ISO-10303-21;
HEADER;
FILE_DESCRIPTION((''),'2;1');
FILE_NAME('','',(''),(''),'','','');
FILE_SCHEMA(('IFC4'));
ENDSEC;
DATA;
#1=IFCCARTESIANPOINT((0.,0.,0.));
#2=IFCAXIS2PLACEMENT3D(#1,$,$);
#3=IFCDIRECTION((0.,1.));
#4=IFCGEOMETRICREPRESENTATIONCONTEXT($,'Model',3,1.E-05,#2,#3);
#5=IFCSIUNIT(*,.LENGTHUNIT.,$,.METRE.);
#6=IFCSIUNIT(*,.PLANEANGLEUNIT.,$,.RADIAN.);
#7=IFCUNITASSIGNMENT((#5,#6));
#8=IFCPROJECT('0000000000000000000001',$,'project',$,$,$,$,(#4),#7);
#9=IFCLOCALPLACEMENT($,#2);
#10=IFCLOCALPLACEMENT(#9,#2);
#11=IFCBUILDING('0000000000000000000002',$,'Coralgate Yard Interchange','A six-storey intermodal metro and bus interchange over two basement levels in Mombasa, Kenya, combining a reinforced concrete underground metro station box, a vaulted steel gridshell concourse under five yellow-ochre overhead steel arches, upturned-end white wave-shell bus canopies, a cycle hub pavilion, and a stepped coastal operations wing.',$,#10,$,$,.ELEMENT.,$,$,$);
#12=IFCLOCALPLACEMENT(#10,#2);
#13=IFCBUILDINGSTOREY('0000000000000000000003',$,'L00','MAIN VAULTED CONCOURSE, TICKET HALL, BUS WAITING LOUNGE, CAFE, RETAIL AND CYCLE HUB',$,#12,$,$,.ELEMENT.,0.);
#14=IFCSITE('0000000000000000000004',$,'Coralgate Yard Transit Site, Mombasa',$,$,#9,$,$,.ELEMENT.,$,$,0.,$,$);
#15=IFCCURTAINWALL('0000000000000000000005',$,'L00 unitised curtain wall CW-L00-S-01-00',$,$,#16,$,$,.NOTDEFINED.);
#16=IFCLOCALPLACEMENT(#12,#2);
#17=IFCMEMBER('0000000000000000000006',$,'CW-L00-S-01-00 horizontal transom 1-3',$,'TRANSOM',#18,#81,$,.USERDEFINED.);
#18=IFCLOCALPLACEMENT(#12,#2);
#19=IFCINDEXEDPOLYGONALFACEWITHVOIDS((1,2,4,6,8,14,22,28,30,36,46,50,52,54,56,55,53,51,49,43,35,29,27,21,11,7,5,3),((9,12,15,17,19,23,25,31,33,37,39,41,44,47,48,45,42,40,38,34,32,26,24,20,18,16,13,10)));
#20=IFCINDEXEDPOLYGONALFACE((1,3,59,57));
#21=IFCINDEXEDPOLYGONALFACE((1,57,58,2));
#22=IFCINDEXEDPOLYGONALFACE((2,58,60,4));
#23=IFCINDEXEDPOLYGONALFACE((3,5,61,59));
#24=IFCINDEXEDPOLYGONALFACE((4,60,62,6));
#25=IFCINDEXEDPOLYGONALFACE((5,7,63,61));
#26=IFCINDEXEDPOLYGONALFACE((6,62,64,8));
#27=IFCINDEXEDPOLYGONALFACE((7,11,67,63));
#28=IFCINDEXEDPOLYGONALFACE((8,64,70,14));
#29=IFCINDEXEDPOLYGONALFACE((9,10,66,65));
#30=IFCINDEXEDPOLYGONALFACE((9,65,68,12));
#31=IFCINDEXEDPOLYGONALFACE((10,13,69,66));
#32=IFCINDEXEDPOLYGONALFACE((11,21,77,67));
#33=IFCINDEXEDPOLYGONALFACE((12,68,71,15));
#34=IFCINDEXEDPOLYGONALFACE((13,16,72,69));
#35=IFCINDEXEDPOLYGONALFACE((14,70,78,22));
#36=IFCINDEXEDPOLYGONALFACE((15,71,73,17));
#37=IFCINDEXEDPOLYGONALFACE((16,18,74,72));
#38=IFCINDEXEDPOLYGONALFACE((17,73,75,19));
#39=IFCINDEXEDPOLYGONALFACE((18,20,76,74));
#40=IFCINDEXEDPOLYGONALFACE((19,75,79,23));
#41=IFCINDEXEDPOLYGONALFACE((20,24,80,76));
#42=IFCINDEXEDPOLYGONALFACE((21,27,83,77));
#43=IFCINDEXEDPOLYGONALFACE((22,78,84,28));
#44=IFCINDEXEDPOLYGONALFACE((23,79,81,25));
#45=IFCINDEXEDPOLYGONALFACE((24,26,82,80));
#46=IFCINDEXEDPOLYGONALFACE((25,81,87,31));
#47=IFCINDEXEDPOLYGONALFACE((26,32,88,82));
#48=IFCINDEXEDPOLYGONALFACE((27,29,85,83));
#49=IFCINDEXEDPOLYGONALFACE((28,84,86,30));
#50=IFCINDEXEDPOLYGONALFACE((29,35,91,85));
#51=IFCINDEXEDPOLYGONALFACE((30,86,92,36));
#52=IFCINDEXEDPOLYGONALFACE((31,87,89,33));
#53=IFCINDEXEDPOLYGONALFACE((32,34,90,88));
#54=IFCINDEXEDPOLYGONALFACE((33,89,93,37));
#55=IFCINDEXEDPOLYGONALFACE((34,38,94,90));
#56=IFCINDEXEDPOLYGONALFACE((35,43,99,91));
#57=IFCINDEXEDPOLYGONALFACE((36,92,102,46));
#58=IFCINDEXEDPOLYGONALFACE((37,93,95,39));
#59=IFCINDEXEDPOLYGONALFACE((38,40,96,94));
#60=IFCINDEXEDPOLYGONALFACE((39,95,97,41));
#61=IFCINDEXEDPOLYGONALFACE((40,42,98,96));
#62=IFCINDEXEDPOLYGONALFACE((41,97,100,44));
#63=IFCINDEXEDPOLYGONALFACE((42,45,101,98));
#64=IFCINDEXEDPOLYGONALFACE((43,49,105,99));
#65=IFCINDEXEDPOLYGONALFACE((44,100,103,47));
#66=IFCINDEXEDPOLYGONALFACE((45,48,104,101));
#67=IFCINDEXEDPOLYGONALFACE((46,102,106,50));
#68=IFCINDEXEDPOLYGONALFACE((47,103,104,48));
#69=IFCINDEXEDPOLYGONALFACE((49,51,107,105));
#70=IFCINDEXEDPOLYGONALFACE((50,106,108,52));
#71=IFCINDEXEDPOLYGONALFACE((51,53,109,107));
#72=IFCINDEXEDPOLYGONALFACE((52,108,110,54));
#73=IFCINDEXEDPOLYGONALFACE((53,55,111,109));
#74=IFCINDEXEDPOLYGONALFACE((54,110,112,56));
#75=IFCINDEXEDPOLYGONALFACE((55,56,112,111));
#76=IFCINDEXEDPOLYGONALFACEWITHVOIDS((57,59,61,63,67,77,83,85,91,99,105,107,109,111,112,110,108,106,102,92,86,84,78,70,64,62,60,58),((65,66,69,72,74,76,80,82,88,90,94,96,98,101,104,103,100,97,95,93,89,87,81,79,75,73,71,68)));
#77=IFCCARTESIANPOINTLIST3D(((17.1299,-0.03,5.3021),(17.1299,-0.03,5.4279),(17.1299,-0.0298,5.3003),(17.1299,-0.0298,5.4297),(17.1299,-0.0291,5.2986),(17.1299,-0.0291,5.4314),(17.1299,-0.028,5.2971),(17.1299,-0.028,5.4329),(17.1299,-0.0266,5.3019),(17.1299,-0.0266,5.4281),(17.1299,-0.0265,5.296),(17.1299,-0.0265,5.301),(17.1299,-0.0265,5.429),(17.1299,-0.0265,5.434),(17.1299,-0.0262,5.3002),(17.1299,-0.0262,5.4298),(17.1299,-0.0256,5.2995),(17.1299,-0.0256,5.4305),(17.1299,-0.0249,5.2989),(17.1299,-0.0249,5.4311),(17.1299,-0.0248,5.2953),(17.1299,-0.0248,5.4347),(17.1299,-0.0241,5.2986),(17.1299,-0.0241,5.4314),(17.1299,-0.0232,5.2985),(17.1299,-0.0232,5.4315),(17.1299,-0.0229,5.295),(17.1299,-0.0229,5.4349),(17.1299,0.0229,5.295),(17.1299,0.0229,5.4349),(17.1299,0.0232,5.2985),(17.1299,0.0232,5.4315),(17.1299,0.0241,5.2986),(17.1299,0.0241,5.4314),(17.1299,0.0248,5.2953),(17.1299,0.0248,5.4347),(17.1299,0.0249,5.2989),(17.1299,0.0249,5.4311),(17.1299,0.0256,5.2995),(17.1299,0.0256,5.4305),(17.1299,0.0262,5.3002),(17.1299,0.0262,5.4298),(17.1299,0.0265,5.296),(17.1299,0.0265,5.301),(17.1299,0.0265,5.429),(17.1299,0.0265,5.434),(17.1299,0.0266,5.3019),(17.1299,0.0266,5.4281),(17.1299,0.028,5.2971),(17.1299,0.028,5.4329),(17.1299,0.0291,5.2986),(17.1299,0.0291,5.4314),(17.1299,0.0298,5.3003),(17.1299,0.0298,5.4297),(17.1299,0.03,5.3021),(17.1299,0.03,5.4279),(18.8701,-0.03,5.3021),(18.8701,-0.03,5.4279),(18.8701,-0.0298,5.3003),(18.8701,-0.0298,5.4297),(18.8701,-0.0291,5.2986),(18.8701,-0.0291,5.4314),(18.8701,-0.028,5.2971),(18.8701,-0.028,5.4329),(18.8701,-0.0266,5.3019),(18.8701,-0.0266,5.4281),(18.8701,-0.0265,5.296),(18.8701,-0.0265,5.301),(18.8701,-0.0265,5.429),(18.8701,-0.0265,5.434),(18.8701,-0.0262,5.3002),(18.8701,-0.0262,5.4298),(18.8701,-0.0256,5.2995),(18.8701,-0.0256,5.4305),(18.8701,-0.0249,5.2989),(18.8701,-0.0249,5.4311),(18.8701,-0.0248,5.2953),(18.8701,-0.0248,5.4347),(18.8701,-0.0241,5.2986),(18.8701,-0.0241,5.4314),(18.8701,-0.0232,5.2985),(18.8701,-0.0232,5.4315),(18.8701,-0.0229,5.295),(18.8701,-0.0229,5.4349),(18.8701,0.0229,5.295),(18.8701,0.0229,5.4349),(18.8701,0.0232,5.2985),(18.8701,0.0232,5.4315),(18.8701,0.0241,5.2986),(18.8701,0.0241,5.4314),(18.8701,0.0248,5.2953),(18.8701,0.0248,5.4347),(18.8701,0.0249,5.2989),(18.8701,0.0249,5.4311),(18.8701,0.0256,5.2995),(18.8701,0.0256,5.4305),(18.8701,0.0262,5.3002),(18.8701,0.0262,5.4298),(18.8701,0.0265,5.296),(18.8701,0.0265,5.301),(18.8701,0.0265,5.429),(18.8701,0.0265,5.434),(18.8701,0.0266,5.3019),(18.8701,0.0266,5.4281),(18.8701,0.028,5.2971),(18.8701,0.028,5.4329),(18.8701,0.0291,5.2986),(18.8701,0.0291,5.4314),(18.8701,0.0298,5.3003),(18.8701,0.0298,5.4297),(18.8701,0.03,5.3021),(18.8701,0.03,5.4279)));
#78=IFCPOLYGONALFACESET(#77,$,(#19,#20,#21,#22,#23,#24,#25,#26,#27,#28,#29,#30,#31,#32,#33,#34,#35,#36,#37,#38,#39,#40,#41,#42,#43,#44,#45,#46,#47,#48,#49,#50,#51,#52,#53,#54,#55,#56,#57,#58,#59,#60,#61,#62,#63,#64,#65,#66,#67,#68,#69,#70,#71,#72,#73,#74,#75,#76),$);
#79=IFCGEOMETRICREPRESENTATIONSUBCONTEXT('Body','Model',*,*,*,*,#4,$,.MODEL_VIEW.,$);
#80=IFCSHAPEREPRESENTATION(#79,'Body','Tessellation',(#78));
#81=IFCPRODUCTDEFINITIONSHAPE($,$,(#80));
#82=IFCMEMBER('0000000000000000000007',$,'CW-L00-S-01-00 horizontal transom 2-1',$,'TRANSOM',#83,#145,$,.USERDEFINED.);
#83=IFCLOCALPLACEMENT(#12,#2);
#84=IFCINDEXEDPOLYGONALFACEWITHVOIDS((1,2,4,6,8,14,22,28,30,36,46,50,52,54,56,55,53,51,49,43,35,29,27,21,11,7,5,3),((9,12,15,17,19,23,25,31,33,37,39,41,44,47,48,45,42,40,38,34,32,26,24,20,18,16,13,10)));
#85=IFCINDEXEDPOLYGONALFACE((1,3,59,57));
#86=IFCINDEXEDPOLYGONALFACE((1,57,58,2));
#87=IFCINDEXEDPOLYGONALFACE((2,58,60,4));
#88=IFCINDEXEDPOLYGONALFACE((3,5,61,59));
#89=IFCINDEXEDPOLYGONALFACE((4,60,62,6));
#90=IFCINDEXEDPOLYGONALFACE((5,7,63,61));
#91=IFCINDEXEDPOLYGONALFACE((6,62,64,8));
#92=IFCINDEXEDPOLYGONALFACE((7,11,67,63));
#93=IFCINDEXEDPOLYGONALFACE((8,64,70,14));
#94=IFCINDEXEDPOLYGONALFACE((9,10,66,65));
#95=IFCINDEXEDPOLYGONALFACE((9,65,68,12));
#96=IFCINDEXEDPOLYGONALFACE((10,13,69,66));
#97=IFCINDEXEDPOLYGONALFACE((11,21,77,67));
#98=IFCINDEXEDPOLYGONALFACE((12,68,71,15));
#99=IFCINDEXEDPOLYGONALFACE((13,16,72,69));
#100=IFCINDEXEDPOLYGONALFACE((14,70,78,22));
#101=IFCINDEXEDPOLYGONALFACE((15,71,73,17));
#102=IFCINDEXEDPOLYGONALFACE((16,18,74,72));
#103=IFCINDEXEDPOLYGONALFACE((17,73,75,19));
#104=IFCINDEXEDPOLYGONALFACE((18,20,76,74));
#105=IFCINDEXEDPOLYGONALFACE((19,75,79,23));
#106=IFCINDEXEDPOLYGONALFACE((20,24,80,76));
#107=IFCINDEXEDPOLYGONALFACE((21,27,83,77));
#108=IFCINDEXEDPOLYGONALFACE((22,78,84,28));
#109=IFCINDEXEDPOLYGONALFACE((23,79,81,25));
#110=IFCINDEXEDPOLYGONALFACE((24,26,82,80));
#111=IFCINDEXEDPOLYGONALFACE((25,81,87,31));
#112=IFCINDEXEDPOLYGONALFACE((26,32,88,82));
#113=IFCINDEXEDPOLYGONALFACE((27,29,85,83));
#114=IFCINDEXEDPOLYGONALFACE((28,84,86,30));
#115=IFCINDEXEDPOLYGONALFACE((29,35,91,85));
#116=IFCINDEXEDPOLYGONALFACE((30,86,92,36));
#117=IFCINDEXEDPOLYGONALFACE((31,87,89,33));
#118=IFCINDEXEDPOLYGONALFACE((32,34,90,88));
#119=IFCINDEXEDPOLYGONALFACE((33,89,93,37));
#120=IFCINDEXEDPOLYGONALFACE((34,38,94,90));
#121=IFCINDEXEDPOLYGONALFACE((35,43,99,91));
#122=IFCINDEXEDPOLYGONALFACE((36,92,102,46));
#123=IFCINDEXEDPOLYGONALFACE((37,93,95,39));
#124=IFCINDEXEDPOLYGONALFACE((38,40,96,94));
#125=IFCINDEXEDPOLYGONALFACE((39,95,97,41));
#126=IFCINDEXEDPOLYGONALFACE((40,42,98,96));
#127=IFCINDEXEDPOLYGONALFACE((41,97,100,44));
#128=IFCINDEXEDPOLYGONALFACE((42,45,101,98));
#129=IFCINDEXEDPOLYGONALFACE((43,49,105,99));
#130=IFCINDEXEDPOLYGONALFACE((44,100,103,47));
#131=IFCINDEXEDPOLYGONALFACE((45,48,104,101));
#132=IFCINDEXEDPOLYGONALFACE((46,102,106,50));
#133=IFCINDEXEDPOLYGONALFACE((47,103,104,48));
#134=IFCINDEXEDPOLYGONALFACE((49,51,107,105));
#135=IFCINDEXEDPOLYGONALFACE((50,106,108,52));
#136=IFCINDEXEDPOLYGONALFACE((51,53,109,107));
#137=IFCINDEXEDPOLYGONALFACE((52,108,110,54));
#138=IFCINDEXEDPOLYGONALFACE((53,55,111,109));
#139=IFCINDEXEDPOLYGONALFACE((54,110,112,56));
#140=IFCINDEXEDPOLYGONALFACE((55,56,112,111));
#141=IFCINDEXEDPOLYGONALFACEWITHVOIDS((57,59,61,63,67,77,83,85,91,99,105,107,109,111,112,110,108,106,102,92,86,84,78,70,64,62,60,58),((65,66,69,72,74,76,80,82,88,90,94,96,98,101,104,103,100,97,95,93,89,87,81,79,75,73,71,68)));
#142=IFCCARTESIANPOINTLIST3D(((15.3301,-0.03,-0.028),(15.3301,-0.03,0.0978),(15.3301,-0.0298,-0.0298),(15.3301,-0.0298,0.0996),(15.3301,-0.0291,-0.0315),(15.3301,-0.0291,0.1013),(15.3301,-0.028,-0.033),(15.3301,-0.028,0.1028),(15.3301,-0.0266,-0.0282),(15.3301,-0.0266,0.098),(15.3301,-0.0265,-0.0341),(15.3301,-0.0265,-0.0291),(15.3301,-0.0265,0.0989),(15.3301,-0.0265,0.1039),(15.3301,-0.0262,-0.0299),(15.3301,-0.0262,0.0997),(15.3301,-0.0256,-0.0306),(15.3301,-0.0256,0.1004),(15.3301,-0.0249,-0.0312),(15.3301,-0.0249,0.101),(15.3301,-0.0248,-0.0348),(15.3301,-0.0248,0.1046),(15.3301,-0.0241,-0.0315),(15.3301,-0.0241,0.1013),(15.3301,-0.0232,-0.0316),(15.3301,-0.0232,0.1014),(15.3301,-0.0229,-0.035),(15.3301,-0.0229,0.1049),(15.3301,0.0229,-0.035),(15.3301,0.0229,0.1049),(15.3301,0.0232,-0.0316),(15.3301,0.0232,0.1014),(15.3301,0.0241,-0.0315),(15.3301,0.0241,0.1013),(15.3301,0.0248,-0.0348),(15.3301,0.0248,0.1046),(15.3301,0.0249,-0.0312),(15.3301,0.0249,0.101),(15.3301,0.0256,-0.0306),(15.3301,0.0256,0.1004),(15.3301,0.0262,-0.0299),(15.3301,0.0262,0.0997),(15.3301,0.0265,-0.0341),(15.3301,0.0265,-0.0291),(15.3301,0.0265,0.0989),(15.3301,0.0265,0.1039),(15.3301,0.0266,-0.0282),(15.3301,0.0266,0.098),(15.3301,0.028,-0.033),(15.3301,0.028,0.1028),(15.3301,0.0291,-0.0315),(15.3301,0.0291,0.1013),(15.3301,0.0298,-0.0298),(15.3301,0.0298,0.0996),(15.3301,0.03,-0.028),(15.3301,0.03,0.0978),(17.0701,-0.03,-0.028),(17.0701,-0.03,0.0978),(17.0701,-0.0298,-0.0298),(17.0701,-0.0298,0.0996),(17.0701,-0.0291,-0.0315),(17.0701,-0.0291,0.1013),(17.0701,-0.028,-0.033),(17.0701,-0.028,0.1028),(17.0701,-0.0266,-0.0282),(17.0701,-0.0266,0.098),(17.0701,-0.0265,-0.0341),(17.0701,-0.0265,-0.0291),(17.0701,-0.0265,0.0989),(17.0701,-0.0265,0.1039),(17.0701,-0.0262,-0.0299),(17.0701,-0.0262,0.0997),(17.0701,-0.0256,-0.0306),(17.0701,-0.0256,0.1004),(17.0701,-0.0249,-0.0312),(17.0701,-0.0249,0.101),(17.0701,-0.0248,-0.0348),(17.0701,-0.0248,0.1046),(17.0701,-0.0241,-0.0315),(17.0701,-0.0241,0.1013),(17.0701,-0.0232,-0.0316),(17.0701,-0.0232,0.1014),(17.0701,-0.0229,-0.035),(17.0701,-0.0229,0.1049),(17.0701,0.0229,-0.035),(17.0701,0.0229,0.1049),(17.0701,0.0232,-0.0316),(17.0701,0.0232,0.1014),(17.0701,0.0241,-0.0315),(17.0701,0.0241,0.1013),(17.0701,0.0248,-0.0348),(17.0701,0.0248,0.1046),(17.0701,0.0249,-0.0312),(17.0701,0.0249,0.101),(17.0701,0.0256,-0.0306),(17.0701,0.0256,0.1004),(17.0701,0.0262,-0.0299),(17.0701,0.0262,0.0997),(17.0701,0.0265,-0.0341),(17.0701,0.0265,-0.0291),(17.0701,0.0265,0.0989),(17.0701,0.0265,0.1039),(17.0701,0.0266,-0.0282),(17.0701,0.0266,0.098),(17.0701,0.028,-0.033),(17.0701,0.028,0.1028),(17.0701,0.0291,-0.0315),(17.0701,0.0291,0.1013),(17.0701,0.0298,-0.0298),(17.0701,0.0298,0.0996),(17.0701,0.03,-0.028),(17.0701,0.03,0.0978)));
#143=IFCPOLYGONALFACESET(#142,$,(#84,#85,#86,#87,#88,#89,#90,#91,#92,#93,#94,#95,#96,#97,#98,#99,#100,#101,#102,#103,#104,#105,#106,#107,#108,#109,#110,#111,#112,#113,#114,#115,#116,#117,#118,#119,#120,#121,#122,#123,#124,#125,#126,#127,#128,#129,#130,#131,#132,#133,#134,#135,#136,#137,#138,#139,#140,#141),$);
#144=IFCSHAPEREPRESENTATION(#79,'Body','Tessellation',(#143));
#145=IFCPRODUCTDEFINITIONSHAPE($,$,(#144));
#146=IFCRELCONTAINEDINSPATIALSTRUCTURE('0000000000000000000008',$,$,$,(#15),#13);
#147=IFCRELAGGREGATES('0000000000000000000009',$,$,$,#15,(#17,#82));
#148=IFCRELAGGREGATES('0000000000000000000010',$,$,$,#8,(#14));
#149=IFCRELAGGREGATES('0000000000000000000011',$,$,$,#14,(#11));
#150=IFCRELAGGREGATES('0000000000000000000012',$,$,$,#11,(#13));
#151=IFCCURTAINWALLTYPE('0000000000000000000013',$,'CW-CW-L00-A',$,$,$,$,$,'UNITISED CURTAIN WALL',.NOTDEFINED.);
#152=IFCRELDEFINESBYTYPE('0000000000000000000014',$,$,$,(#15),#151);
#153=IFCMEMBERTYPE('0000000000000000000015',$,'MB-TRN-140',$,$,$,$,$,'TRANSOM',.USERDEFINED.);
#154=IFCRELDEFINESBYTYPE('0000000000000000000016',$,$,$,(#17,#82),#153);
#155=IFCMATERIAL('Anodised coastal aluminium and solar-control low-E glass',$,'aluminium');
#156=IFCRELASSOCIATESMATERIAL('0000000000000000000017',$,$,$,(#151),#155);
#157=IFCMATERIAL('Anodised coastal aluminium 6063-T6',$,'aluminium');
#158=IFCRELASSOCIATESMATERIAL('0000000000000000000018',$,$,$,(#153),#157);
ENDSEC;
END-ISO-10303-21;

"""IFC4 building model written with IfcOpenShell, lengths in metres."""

from ifc_helpers import new_model, si_unit, direction, frame, origin, origin_2d, place, context, subcontext, project, spatial, hollow_rectangle, extrude, material, material_profile, profile_set, type_object, element, aggregate, save


model = new_model("IFC4")

# Units and contexts
model_context = context("Model", 3, precision=1e-05, world=origin(), true_north=direction((0.0, 1.0)))
body_context = subcontext(model_context, "Body", "Model", "MODEL_VIEW")
ifc_project = project(units=[si_unit("LENGTHUNIT", "METRE"), si_unit("PLANEANGLEUNIT", "RADIAN")], contexts=[model_context])

# Site, building, storey
site_placement = place(None, origin())
site = spatial("IfcSite", under=ifc_project, at=site_placement, Name="Coralgate Yard Transit Site, Mombasa", CompositionType="ELEMENT", RefElevation=0.0)
building_placement = place(site_placement, origin())
building = spatial("IfcBuilding", under=site, at=building_placement, Name="Coralgate Yard Interchange", Description="A six-storey intermodal metro and bus interchange over two basement levels in Mombasa, Kenya, combining a reinforced concrete underground metro station box, a vaulted steel gridshell concourse under five yellow-ochre overhead steel arches, upturned-end white wave-shell bus canopies, a cycle hub pavilion, and a stepped coastal operations wing.", CompositionType="ELEMENT")
storey_placement = place(building_placement, origin())
storey = spatial("IfcBuildingStorey", under=building, at=storey_placement, Name="L00", Description="MAIN VAULTED CONCOURSE, TICKET HALL, BUS WAITING LOUNGE, CAFE, RETAIL AND CYCLE HUB", CompositionType="ELEMENT", Elevation=0.0)

# Curtain wall, members
ifc_material_1 = material(Name="Anodised coastal aluminium and solar-control low-E glass", Category="aluminium")
curtain_wall_type = type_object("IfcCurtainWallType", Name="CW-CW-L00-A", ElementType="UNITISED CURTAIN WALL", PredefinedType="NOTDEFINED", material=ifc_material_1)
curtain_wall_placement = place(storey_placement, origin())
curtain_wall = element("IfcCurtainWall", 1, at=curtain_wall_placement, inside=storey, type_object=curtain_wall_type, Name="L00 unitised curtain wall CW-L00-S-01-00", PredefinedType="NOTDEFINED")
ifc_material_2 = material(Name="Anodised coastal aluminium 6063-T6", Category="aluminium")
ifc_material_profile_1 = material_profile(ifc_material_2, hollow_rectangle(XDim=0.0601, YDim=0.1399, WallThickness=0.0034, InnerFilletRadius=0.0034, OuterFilletRadius=0.0071, at=origin_2d()), Name="ALU 60x140x3.5")
ifc_profile_set_1 = profile_set([ifc_material_profile_1], Name="Anodised coastal aluminium 6063-T6")
member_type_1 = type_object("IfcMemberType", Name="MB-TRN-140", ElementType="TRANSOM", PredefinedType="USERDEFINED", material=ifc_profile_set_1)
member_1_placement = place(storey_placement, frame((18.8701, 0.0, 5.365), z_axis=(-1.0, 0.0, 0.0), x_axis=(0.0, -1.0, 0.0)))
member_1 = element("IfcMember", 2, at=member_1_placement, type_object=member_type_1, Name="CW-L00-S-01-00 horizontal transom 1-3", ObjectType="TRANSOM", PredefinedType="USERDEFINED", context=body_context, shape_type="SweptSolid", body=[
    extrude(hollow_rectangle(XDim=0.0601, YDim=0.1399, WallThickness=0.0034, InnerFilletRadius=0.0034, OuterFilletRadius=0.0071, at=origin_2d()), origin(), (0.0, 0.0, 1.0), 1.7402),
])
member_2_placement = place(storey_placement, frame((17.0701, 0.0, 0.0349), z_axis=(-1.0, 0.0, 0.0), x_axis=(0.0, -1.0, 0.0)))
member_2 = element("IfcMember", 3, at=member_2_placement, type_object=member_type_1, Name="CW-L00-S-01-00 horizontal transom 2-1", ObjectType="TRANSOM", PredefinedType="USERDEFINED", context=body_context, shape_type="SweptSolid", body=[
    extrude(hollow_rectangle(XDim=0.0601, YDim=0.1399, WallThickness=0.0034, InnerFilletRadius=0.0034, OuterFilletRadius=0.0071, at=origin_2d()), origin(), (0.0, 0.0, 1.0), 1.74),
])
aggregate(curtain_wall, [member_1, member_2])

save(model, "model.ifc")
